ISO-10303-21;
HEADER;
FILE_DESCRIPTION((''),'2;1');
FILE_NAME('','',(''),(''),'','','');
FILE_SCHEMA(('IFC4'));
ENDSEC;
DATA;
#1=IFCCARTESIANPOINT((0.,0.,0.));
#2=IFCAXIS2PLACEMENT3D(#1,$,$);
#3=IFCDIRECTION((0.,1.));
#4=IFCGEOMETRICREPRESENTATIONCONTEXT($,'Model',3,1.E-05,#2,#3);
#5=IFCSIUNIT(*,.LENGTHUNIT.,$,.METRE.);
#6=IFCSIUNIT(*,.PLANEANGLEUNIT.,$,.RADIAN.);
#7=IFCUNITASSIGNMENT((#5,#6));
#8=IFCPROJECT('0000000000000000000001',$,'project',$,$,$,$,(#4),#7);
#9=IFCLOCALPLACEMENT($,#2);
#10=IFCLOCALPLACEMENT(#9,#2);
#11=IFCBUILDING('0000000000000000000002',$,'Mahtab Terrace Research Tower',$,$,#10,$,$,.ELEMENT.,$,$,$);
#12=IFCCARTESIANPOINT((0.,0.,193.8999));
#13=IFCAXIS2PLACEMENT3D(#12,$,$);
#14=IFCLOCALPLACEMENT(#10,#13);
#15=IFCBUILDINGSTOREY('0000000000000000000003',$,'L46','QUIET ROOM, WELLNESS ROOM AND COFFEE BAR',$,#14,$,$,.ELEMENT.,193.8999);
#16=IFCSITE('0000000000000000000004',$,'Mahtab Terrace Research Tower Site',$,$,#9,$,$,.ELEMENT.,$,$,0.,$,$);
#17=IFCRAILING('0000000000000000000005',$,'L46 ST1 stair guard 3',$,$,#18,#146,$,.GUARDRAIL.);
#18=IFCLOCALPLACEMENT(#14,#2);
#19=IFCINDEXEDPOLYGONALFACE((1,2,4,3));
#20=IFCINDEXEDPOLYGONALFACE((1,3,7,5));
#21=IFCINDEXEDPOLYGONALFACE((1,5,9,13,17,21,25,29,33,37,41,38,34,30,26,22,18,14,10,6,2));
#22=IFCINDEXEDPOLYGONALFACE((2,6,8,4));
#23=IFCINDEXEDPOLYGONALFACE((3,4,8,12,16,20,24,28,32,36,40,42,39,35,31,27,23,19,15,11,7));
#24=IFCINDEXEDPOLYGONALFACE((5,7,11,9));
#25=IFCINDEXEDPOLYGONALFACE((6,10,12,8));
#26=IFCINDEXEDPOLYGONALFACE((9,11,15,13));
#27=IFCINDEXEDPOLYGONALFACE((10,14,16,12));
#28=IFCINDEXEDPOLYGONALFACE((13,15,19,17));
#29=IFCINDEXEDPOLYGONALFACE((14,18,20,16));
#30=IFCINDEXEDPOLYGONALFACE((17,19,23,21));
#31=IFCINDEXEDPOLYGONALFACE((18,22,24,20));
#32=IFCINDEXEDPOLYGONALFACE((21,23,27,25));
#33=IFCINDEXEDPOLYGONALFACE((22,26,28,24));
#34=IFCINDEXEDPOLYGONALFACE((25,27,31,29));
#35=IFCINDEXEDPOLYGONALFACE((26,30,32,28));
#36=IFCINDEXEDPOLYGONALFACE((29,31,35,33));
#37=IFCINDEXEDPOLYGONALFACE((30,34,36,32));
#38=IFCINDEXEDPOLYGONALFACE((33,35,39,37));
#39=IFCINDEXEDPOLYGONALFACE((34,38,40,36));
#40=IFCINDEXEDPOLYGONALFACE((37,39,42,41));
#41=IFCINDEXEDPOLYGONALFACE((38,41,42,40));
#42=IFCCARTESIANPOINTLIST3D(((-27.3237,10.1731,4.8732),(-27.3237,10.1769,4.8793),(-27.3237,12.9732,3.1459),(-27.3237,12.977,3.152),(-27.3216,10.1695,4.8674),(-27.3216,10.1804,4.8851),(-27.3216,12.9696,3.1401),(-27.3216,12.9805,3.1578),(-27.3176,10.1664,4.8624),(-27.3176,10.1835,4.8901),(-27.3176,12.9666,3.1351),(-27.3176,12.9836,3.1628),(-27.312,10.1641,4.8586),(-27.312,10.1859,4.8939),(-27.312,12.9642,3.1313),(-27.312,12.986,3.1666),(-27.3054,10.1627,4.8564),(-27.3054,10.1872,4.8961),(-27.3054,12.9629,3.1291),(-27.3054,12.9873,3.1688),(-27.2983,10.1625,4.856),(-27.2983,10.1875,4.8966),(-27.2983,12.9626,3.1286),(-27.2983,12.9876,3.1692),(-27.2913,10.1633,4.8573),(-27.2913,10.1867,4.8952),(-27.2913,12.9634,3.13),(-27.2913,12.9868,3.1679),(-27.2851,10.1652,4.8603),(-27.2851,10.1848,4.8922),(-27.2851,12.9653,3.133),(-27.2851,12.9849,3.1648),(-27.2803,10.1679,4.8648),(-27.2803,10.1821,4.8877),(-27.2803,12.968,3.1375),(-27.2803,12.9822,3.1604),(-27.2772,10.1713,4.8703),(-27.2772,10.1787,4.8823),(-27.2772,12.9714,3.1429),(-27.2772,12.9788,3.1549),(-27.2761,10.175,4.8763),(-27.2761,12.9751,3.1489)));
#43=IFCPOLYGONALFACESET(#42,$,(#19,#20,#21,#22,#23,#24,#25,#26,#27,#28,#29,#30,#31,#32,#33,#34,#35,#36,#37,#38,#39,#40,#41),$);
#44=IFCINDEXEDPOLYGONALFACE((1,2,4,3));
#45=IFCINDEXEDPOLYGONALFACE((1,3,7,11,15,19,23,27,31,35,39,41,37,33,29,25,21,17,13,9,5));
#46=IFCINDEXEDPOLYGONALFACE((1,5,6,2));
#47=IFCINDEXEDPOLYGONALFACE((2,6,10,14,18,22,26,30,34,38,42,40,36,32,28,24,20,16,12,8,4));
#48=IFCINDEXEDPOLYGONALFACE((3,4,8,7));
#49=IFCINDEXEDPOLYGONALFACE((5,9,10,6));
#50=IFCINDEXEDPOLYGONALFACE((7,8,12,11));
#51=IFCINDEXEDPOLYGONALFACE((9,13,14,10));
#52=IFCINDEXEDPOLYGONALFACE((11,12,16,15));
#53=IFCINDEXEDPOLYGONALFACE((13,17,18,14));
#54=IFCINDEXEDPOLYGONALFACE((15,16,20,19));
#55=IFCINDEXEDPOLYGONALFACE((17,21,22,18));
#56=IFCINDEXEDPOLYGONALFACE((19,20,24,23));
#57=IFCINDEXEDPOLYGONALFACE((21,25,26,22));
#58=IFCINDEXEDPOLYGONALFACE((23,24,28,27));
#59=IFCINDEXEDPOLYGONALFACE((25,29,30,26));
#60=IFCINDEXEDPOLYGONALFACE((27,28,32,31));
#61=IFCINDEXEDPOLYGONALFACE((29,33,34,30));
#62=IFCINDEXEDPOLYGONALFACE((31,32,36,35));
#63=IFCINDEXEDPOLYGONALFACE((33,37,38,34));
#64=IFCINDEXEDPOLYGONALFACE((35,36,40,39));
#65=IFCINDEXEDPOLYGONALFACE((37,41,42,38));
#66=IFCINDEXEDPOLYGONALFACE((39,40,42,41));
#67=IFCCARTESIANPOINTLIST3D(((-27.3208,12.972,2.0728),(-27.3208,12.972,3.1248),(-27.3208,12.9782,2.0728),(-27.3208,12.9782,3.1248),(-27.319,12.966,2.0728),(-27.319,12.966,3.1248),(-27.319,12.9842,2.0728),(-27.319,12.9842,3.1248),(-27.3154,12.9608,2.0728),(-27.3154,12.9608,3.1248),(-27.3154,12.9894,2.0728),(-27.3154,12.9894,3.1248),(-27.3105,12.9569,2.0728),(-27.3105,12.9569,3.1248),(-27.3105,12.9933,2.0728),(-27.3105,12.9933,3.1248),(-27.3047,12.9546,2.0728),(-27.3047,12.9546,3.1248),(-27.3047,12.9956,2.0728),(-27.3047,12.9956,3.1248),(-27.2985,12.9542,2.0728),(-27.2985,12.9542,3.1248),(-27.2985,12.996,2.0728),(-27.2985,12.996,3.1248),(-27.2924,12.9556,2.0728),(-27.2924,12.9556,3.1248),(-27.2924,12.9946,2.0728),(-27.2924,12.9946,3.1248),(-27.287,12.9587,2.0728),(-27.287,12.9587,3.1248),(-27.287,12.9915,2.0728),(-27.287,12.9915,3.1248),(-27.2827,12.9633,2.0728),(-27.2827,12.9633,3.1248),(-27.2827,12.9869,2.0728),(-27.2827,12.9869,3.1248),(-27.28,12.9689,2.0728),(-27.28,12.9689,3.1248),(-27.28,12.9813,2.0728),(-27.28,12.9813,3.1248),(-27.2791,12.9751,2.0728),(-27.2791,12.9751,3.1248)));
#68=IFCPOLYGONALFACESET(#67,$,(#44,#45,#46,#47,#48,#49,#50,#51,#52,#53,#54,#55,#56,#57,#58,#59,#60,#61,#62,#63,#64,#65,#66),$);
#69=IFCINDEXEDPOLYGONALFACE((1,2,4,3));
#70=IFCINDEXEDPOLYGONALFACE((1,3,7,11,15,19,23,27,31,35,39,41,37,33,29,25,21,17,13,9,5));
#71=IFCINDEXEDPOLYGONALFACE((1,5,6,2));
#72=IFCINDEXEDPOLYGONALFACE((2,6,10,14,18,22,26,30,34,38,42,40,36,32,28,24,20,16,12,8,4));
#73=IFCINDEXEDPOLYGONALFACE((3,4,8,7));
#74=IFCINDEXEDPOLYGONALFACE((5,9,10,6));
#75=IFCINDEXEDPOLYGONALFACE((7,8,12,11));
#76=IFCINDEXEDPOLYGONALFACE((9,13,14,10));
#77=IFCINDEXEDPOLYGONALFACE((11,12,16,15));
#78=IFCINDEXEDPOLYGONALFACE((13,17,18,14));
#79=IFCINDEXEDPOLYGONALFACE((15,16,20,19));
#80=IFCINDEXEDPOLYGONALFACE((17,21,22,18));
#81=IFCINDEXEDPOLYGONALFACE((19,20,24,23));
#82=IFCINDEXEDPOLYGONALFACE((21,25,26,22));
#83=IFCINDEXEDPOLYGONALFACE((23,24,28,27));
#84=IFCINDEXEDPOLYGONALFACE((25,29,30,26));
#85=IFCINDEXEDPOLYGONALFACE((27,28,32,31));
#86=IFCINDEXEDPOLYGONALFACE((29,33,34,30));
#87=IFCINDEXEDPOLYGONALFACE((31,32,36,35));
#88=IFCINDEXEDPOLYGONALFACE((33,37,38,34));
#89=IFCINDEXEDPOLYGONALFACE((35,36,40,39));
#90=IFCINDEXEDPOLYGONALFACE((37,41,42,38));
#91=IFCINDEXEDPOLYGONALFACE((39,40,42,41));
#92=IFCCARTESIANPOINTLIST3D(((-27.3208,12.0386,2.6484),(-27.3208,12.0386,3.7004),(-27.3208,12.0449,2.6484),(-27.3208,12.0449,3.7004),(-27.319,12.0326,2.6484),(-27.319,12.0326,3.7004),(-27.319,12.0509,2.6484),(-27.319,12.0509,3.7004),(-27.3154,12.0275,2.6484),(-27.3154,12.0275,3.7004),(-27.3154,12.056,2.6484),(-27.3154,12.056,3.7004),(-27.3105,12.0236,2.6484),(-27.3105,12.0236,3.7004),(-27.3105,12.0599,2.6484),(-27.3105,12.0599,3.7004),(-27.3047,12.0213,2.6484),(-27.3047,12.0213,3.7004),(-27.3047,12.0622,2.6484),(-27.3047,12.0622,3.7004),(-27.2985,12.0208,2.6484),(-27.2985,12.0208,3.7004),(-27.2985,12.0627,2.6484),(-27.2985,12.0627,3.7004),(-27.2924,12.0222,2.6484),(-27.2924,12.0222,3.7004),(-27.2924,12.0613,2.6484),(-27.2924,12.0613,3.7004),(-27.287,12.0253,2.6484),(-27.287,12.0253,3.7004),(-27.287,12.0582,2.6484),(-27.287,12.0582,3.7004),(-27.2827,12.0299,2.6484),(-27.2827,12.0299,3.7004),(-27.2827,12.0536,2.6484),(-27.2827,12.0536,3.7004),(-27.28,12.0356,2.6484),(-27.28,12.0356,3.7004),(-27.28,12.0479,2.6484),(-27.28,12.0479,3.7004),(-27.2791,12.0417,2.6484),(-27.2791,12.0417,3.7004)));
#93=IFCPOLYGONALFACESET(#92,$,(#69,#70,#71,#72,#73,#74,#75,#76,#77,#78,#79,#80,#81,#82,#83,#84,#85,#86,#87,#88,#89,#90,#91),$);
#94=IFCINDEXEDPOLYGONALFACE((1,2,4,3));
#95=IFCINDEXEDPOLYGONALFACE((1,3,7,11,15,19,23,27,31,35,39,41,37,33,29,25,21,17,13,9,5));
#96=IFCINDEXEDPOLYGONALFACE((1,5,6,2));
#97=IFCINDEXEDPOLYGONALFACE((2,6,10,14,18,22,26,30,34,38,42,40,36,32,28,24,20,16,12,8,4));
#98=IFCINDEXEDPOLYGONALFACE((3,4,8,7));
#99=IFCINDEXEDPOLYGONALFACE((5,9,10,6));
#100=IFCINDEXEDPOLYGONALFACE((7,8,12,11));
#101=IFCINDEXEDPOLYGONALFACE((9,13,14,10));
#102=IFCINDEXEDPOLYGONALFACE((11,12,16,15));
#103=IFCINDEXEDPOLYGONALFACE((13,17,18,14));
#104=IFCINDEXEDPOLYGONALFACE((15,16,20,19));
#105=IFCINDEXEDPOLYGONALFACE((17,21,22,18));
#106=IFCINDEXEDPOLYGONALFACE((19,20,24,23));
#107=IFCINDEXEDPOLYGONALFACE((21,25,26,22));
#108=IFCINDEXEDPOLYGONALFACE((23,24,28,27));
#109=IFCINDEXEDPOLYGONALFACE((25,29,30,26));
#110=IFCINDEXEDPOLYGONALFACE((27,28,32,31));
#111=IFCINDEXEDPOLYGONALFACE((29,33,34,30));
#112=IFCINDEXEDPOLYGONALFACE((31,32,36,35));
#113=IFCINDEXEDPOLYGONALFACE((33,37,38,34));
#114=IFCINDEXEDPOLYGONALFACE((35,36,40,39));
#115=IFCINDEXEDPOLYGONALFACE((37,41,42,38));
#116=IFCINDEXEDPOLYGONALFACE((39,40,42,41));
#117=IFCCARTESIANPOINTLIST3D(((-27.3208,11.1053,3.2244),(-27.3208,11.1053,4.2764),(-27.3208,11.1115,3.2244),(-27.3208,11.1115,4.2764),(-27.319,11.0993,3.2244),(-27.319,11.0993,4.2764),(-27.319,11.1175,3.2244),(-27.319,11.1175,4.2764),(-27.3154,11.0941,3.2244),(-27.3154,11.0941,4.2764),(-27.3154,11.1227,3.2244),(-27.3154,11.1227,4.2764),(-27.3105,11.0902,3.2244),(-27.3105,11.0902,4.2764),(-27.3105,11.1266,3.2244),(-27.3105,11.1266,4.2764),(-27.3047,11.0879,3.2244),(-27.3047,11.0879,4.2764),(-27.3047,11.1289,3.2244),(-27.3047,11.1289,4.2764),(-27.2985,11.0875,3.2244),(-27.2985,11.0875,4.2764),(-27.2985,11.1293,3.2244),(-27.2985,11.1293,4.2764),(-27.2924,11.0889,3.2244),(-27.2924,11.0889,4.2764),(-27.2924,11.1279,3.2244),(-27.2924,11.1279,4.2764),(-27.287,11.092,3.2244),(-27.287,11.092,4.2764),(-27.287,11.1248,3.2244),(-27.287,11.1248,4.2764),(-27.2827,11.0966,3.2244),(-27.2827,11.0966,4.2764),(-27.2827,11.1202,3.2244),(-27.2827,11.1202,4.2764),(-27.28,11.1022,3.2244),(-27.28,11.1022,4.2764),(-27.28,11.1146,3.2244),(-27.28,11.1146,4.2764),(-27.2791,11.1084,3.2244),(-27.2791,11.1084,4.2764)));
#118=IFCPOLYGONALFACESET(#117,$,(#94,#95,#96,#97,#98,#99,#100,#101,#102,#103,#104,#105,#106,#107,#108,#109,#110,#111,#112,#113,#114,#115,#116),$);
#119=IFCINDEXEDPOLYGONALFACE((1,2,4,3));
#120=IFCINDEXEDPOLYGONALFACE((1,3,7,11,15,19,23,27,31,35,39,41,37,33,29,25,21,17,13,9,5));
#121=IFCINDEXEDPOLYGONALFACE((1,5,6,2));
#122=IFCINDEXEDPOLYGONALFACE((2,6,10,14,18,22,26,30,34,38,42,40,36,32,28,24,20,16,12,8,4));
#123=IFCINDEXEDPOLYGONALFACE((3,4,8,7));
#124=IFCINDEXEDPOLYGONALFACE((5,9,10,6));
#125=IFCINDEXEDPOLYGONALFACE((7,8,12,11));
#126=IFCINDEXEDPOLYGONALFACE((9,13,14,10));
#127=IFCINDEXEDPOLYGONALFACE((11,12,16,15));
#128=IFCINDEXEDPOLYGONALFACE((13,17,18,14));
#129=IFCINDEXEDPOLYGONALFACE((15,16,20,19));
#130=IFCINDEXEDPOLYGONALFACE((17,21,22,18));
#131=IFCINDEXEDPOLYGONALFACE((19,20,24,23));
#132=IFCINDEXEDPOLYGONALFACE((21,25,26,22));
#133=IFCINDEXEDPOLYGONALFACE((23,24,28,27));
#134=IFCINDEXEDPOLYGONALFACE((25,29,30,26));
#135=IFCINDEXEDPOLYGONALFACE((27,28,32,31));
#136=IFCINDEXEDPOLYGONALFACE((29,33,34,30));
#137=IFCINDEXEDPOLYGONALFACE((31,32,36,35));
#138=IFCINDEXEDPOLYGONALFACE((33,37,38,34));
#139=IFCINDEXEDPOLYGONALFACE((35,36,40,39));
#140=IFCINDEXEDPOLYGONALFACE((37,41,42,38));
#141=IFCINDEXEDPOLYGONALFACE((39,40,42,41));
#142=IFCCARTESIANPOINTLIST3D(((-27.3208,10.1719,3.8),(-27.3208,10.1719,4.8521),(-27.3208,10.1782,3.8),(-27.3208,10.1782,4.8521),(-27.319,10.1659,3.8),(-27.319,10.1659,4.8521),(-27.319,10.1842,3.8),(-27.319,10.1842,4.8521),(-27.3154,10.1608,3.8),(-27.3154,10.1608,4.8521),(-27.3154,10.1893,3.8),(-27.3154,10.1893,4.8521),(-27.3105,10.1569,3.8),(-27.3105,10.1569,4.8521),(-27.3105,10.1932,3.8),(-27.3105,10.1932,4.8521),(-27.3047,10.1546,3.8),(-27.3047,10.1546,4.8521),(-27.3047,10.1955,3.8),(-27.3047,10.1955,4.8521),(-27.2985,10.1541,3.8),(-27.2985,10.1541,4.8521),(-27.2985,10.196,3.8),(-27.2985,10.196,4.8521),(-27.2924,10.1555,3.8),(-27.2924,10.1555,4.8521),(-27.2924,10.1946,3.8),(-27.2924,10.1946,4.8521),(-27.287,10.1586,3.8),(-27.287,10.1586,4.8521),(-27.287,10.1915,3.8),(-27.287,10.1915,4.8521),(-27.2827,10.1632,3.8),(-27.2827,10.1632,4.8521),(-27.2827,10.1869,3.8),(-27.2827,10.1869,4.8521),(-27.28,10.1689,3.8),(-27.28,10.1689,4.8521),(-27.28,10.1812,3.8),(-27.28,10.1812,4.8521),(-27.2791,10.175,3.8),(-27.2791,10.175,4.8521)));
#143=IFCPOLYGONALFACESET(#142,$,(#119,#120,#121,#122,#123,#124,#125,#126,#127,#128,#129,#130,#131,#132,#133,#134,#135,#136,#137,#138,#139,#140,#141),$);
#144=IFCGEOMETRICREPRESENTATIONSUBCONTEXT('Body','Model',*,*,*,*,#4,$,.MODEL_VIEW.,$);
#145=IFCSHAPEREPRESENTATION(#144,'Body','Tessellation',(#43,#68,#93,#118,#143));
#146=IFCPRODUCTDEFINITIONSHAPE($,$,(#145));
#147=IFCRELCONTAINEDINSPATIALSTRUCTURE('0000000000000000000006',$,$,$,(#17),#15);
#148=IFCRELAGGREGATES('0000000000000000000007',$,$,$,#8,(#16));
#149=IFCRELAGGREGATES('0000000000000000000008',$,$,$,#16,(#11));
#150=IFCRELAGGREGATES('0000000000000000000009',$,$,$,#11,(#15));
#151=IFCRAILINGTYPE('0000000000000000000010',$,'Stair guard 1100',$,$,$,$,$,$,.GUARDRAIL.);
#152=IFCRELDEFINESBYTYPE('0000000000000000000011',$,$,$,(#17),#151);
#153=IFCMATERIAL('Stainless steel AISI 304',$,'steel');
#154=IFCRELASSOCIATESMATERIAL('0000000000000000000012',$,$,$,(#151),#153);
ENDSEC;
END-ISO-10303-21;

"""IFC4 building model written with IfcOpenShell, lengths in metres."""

from ifc_helpers import new_model, si_unit, direction, frame, origin, origin_2d, place, context, subcontext, project, spatial, circle, extrude, material, type_object, element, save


model = new_model("IFC4")

# Units and contexts
model_context = context("Model", 3, precision=1e-05, world=origin(), true_north=direction((0.0, 1.0)))
body_context = subcontext(model_context, "Body", "Model", "MODEL_VIEW")
ifc_project = project(units=[si_unit("LENGTHUNIT", "METRE"), si_unit("PLANEANGLEUNIT", "RADIAN")], contexts=[model_context])

# Site, building, storey
site_placement = place(None, origin())
site = spatial("IfcSite", under=ifc_project, at=site_placement, Name="Mahtab Terrace Research Tower Site", CompositionType="ELEMENT", RefElevation=0.0)
building_placement = place(site_placement, origin())
building = spatial("IfcBuilding", under=site, at=building_placement, Name="Mahtab Terrace Research Tower", CompositionType="ELEMENT")
storey_placement = place(building_placement, frame((0.0, 0.0, 193.8999)))
storey = spatial("IfcBuildingStorey", under=building, at=storey_placement, Name="L46", Description="QUIET ROOM, WELLNESS ROOM AND COFFEE BAR", CompositionType="ELEMENT", Elevation=193.8999)

# Railing
ifc_material_1 = material(Name="Stainless steel AISI 304", Category="steel")
railing_type_1 = type_object("IfcRailingType", Name="Stair guard 1100", PredefinedType="GUARDRAIL", material=ifc_material_1)
railing_1_placement = place(storey_placement, frame((-27.3, 12.9751, 2.0728)))
element("IfcRailing", 1, at=railing_1_placement, inside=storey, type_object=railing_type_1, Name="L46 ST1 stair guard 3", PredefinedType="GUARDRAIL", context=body_context, shape_type="SweptSolid", body=[
    extrude(circle(Radius=0.0239, at=origin_2d()), frame((0.0, 0.0, 1.0762), z_axis=(0.0, -0.85109, 0.52502), x_axis=(1.0, 0.0, 0.0)), (0.0, 0.0, 1.0), 3.29),
    extrude(circle(Radius=0.021, at=origin_2d()), origin(), (0.0, 0.0, 1.0), 1.052),
    extrude(circle(Radius=0.021, at=origin_2d()), frame((0.0, -0.9333, 0.5757)), (0.0, 0.0, 1.0), 1.052),
    extrude(circle(Radius=0.021, at=origin_2d()), frame((0.0, -1.8667, 1.1516)), (0.0, 0.0, 1.0), 1.052),
    extrude(circle(Radius=0.021, at=origin_2d()), frame((0.0, -2.8, 1.7273)), (0.0, 0.0, 1.0), 1.052),
])

save(model, "model.ifc")
